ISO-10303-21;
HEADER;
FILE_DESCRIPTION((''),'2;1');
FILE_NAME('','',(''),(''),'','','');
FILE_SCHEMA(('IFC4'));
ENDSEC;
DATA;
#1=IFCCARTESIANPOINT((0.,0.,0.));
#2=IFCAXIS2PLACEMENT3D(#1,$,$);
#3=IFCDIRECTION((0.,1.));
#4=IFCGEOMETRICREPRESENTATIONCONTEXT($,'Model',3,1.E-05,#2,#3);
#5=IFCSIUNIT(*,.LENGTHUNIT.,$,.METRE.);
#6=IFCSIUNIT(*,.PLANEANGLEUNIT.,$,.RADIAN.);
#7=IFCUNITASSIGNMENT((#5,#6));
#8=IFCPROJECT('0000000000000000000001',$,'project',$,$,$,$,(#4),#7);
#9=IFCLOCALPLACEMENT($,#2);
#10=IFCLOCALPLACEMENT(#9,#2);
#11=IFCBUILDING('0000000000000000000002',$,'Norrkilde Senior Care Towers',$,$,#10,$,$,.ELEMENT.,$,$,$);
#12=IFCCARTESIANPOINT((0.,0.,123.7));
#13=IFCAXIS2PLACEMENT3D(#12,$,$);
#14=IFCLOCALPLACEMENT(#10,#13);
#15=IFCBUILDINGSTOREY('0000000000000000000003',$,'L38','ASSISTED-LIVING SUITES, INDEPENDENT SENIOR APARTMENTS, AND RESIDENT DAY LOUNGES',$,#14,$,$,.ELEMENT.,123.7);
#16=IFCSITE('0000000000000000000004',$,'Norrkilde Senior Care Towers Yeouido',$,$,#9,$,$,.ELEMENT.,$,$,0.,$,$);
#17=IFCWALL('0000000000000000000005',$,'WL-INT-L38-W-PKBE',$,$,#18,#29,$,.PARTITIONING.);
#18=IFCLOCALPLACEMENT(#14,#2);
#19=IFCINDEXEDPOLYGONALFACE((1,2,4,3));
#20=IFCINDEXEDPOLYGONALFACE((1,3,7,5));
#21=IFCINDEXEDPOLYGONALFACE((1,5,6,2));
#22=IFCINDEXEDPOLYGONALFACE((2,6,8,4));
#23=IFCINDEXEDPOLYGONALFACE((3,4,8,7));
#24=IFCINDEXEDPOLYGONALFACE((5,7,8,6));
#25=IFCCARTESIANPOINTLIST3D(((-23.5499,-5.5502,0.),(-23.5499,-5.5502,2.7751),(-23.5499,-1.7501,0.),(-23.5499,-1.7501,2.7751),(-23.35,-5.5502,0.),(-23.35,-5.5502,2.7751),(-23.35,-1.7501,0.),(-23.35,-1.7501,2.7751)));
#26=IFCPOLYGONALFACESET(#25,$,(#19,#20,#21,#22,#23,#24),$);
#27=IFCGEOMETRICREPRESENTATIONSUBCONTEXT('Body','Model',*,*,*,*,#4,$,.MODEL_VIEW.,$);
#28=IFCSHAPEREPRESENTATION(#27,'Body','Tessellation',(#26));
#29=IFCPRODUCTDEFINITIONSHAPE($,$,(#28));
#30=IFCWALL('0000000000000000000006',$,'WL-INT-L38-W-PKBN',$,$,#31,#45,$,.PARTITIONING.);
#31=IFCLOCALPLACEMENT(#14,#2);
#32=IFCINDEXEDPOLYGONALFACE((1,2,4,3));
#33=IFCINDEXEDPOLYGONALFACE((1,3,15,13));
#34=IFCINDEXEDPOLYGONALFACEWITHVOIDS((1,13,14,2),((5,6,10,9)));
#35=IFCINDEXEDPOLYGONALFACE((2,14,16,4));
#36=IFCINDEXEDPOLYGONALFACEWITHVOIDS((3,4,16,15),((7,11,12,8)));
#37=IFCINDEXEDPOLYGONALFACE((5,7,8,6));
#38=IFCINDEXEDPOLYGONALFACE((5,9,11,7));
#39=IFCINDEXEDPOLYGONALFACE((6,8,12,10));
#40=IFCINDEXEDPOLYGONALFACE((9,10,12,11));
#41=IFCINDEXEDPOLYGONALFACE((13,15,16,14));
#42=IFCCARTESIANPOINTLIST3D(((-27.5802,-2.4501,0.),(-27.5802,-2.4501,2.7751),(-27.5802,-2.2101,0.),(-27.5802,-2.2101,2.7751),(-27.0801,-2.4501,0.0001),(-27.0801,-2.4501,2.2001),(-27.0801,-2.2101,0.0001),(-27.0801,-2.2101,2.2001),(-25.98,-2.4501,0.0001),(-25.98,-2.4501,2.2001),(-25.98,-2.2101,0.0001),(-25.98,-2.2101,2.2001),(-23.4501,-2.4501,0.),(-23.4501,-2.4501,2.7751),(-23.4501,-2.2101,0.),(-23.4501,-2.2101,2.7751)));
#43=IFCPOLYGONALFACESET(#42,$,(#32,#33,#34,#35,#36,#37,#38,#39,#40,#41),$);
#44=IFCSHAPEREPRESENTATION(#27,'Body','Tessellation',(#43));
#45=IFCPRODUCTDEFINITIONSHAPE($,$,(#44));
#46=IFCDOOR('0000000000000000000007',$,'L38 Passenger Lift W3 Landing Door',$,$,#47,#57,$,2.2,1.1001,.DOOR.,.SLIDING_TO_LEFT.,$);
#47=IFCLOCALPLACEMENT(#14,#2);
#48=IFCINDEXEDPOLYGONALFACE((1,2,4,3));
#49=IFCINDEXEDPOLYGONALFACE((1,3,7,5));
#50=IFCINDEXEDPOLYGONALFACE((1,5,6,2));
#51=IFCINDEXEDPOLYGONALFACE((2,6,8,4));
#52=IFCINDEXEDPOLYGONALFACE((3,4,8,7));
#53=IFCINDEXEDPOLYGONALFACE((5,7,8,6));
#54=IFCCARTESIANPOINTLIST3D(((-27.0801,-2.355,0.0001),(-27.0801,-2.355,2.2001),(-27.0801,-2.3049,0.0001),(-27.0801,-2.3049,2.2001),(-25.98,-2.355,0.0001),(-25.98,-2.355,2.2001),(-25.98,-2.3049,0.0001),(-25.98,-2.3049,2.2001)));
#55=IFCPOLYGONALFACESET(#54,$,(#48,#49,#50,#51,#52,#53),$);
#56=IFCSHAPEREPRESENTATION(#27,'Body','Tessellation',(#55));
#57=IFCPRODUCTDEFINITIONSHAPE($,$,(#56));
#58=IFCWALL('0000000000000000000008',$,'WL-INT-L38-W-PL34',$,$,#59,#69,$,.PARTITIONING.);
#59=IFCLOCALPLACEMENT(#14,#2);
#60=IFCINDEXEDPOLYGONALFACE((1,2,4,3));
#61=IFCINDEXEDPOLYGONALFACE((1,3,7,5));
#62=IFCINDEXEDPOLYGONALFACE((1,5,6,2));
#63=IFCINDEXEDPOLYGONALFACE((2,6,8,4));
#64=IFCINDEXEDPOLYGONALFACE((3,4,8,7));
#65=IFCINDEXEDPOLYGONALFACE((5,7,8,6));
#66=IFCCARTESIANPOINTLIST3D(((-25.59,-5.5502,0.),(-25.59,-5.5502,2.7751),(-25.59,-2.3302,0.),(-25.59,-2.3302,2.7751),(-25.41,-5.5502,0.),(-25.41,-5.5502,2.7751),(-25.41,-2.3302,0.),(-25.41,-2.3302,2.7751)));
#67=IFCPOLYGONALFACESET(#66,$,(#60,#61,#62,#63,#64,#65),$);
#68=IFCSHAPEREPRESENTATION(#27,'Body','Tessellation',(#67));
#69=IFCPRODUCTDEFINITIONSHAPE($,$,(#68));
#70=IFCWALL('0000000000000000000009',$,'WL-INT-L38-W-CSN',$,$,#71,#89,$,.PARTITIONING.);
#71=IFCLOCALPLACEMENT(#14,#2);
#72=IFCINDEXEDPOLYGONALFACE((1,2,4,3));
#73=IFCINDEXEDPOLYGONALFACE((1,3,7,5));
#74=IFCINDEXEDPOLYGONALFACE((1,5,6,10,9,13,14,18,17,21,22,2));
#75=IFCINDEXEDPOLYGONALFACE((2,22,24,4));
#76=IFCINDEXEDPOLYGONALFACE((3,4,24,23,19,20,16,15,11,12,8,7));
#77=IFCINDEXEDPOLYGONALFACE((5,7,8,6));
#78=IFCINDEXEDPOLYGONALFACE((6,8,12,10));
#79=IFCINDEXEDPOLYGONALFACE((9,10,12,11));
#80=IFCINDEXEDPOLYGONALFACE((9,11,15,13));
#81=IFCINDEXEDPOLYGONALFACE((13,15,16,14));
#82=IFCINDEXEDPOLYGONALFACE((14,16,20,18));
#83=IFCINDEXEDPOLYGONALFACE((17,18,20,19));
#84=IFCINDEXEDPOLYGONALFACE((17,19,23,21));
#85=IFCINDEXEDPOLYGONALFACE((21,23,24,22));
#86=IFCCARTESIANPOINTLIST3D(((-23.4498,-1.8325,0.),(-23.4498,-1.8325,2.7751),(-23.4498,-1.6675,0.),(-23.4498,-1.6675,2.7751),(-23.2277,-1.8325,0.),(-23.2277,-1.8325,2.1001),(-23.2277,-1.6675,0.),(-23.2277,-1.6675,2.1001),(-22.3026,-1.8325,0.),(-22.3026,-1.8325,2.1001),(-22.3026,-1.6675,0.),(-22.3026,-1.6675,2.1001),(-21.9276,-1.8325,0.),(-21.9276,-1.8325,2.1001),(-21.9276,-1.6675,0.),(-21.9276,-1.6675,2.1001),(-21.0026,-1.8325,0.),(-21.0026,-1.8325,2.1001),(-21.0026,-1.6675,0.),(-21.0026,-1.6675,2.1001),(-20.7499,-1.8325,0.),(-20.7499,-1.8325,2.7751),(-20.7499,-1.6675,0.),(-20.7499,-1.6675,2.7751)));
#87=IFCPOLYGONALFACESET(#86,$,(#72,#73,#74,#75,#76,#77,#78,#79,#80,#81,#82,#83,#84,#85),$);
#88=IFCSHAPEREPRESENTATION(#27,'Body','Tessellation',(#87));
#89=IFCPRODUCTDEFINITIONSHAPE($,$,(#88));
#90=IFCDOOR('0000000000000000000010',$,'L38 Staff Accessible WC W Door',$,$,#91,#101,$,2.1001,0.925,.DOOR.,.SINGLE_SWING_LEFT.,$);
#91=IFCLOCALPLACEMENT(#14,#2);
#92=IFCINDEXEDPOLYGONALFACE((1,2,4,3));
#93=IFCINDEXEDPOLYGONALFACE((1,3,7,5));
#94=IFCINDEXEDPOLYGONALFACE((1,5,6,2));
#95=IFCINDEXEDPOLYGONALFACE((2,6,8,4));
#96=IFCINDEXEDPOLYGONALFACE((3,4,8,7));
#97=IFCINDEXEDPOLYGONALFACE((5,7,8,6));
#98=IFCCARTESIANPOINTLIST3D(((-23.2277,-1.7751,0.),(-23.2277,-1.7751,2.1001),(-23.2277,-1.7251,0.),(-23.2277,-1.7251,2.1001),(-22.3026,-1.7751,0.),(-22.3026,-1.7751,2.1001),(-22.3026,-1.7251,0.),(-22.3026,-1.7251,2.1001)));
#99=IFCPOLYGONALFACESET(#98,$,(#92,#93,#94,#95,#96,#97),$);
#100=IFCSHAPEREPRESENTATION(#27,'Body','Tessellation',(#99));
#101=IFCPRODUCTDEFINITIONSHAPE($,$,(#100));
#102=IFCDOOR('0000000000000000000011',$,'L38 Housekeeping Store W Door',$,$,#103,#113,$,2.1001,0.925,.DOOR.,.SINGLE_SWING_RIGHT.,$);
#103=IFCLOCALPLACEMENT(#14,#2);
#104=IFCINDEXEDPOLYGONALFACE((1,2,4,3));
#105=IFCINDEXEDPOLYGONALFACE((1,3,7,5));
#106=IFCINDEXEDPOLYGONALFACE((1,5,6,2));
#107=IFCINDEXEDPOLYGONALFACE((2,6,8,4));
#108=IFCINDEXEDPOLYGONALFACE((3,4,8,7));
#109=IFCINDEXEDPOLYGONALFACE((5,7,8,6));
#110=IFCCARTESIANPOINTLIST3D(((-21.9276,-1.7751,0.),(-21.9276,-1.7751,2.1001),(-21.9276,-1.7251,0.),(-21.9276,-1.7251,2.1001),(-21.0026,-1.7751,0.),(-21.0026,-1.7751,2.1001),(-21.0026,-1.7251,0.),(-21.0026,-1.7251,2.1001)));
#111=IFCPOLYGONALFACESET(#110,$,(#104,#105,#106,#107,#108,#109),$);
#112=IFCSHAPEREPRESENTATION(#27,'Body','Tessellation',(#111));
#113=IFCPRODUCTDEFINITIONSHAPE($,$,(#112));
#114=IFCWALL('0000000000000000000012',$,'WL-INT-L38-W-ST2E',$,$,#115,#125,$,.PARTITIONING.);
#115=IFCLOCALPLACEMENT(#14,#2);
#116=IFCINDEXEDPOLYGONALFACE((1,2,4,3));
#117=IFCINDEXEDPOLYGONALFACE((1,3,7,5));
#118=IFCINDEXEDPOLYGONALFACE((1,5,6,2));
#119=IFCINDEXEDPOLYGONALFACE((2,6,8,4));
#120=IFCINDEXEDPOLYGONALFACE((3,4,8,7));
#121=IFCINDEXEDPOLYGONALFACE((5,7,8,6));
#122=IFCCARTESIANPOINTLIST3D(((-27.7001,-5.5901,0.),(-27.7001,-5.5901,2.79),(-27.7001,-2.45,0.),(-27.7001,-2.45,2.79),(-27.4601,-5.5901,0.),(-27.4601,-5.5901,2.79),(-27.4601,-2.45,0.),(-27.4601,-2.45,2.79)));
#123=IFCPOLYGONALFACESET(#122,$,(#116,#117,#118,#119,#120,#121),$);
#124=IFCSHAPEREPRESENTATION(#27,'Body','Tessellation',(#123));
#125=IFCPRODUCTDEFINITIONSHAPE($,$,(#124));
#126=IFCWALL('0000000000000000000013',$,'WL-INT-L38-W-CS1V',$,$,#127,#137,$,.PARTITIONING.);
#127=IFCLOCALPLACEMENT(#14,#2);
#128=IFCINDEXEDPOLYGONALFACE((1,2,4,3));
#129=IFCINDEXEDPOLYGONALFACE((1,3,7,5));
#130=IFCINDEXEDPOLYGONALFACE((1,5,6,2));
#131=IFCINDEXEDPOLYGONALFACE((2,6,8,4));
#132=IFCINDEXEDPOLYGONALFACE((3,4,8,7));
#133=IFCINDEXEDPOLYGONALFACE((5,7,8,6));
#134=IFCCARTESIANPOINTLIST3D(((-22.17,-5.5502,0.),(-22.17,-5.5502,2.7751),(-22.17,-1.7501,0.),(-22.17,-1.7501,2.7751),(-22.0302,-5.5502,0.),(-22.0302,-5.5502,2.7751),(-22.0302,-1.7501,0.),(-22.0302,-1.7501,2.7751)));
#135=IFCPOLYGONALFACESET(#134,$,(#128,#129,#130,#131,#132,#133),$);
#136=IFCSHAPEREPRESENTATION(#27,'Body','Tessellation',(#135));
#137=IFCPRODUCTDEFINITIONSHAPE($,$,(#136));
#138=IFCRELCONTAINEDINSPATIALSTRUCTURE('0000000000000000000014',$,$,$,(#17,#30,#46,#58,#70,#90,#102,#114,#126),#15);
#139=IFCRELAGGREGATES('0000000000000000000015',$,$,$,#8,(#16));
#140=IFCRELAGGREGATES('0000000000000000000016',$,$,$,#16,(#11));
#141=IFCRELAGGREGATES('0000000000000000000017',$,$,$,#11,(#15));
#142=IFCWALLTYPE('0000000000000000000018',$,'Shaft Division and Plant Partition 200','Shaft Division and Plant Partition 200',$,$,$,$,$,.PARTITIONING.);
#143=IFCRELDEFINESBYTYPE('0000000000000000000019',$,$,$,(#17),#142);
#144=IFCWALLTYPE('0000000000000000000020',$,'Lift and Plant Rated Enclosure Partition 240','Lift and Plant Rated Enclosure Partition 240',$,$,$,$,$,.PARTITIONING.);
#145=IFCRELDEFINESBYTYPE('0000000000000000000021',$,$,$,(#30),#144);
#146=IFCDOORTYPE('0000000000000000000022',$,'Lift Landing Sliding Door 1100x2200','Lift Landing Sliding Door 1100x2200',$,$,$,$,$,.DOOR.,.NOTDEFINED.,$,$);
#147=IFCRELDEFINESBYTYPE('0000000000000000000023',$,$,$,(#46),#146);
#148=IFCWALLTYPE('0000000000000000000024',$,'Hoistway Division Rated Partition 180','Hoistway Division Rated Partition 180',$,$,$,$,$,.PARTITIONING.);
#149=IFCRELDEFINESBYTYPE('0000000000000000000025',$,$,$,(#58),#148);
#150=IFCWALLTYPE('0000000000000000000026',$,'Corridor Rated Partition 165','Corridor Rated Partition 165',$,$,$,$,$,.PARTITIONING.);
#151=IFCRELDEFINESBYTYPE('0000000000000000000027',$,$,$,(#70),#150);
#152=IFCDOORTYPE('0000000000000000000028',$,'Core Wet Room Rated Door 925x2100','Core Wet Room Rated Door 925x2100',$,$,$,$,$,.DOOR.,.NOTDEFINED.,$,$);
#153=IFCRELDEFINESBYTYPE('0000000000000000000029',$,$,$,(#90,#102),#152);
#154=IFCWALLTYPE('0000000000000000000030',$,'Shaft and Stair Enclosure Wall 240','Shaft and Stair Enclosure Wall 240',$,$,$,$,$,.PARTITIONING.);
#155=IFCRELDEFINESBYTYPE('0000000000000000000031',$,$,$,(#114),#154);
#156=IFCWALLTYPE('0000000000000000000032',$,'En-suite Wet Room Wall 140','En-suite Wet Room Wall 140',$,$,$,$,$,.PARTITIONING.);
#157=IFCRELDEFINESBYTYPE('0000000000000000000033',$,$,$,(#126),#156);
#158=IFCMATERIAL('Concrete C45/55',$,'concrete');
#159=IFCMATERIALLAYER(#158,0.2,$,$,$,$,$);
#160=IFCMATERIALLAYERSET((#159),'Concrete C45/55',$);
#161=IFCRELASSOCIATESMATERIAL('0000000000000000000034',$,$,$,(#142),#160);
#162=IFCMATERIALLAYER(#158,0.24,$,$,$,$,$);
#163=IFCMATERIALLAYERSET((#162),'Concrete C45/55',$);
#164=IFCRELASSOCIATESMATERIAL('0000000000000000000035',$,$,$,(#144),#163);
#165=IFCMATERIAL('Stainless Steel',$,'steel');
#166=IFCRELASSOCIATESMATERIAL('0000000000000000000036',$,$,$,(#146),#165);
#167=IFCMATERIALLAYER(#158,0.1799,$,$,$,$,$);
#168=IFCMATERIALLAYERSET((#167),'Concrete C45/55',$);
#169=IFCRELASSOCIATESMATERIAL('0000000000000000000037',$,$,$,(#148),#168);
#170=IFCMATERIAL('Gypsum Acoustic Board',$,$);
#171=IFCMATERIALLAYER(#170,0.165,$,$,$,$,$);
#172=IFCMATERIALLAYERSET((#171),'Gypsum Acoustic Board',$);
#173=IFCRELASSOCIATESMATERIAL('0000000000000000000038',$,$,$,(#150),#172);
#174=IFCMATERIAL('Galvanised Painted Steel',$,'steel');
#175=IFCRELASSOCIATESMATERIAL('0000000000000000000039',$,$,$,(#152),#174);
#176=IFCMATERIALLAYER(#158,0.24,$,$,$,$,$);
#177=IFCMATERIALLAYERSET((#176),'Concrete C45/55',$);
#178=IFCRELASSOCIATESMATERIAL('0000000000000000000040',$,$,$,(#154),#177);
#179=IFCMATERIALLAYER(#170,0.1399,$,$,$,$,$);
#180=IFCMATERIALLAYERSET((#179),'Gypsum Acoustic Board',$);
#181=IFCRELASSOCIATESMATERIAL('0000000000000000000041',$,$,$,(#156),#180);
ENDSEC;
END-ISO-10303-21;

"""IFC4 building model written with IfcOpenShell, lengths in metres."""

from ifc_helpers import new_model, si_unit, direction, frame, frame_2d, origin, place, context, subcontext, project, spatial, rectangle, extrude, source, transform, mapped, material, layer, layer_set, type_object, type_shapes, element, fill, save


model = new_model("IFC4")

# Units and contexts
model_context = context("Model", 3, precision=1e-05, world=origin(), true_north=direction((0.0, 1.0)))
body_context = subcontext(model_context, "Body", "Model", "MODEL_VIEW")
ifc_project = project(units=[si_unit("LENGTHUNIT", "METRE"), si_unit("PLANEANGLEUNIT", "RADIAN")], contexts=[model_context])

# Site, building, storey
site_placement = place(None, origin())
site = spatial("IfcSite", under=ifc_project, at=site_placement, Name="Norrkilde Senior Care Towers Yeouido", CompositionType="ELEMENT", RefElevation=0.0)
building_placement = place(site_placement, origin())
building = spatial("IfcBuilding", under=site, at=building_placement, Name="Norrkilde Senior Care Towers", CompositionType="ELEMENT")
storey_placement = place(building_placement, frame((0.0, 0.0, 123.7)))
storey = spatial("IfcBuildingStorey", under=building, at=storey_placement, Name="L38", Description="ASSISTED-LIVING SUITES, INDEPENDENT SENIOR APARTMENTS, AND RESIDENT DAY LOUNGES", CompositionType="ELEMENT", Elevation=123.7)

# Wall
ifc_material_1 = material(Name="Concrete C45/55", Category="concrete")
ifc_layer_1 = layer(ifc_material_1, 0.2)
ifc_layer_set_1 = layer_set([ifc_layer_1], Name="Concrete C45/55")
wall_type_1 = type_object("IfcWallType", Name="Shaft Division and Plant Partition 200", Description="Shaft Division and Plant Partition 200", PredefinedType="PARTITIONING", material=ifc_layer_set_1)
shared_shape_1 = source(origin(), body_context, "Body", "SweptSolid", [
    extrude(rectangle(XDim=3.8, YDim=0.2, at=frame_2d((1.8999, 0.0))), origin(), (0.0, 0.0, 1.0), 2.7751),
])
type_shapes(wall_type_1, [shared_shape_1])
wall_1_placement = place(storey_placement, frame((-23.45, -5.55, 0.0), z_axis=(0.0, 0.0, 1.0), x_axis=(0.0, 1.0, 0.0)))
element("IfcWall", 1, at=wall_1_placement, inside=storey, type_object=wall_type_1, Name="WL-INT-L38-W-PKBE", PredefinedType="PARTITIONING", context=body_context, shape_type="MappedRepresentation", body=[
    mapped(shared_shape_1, transform((0.0, 0.0, 0.0), x_axis=(1.0, 0.0, 0.0), y_axis=(0.0, 1.0, 0.0), z_axis=(0.0, 0.0, 1.0), scale=1.0)),
])

# Wall, opening, door
ifc_layer_2 = layer(ifc_material_1, 0.24)
ifc_layer_set_2 = layer_set([ifc_layer_2], Name="Concrete C45/55")
wall_type_2 = type_object("IfcWallType", Name="Lift and Plant Rated Enclosure Partition 240", Description="Lift and Plant Rated Enclosure Partition 240", PredefinedType="PARTITIONING", material=ifc_layer_set_2)
shared_shape_2 = source(origin(), body_context, "Body", "SweptSolid", [
    extrude(rectangle(XDim=4.1301, YDim=0.24, at=frame_2d((2.0649, 0.0))), origin(), (0.0, 0.0, 1.0), 2.7751),
])
type_shapes(wall_type_2, [shared_shape_2])
wall_2_placement = place(storey_placement, frame((-27.5801, -2.3301, 0.0), z_axis=(0.0, 0.0, 1.0), x_axis=(1.0, 0.0, 0.0)))
wall_2 = element("IfcWall", 2, at=wall_2_placement, inside=storey, type_object=wall_type_2, Name="WL-INT-L38-W-PKBN", PredefinedType="PARTITIONING", context=body_context, shape_type="MappedRepresentation", body=[
    mapped(shared_shape_2, transform((0.0, 0.0, 0.0), x_axis=(1.0, 0.0, 0.0), y_axis=(0.0, 1.0, 0.0), z_axis=(0.0, 0.0, 1.0), scale=1.0)),
])
opening_1_placement = place(wall_2_placement, frame((0.5, 0.0, 0.0)))
opening_1 = element("IfcOpeningElement", 3, at=opening_1_placement, cuts=wall_2, PredefinedType="OPENING", context=body_context, shape_type="SweptSolid", body=[
    extrude(rectangle(XDim=1.1001, YDim=2.2, at=frame_2d((0.55, 1.1001))), frame((0.0, 0.1299, 0.0), z_axis=(0.0, -1.0, 0.0), x_axis=(1.0, 0.0, 0.0)), (0.0, 0.0, 1.0), 0.26),
])
ifc_material_2 = material(Name="Stainless Steel", Category="steel")
door_type_1 = type_object("IfcDoorType", Name="Lift Landing Sliding Door 1100x2200", Description="Lift Landing Sliding Door 1100x2200", OperationType="NOTDEFINED", PredefinedType="DOOR", material=ifc_material_2)
shared_shape_3 = source(origin(), body_context, "Body", "SweptSolid", [
    extrude(rectangle(XDim=1.1001, YDim=2.2, at=frame_2d((0.55, 1.1001))), frame((0.0, 0.0249, 0.0), z_axis=(0.0, -1.0, 0.0), x_axis=(1.0, 0.0, 0.0)), (0.0, 0.0, 1.0), 0.05),
])
type_shapes(door_type_1, [shared_shape_3])
door_1_placement = place(opening_1_placement, frame((1.1001, 0.0, 0.0), z_axis=(0.0, 0.0, 1.0), x_axis=(-1.0, 0.0, 0.0)))
door_1 = element("IfcDoor", 4, at=door_1_placement, inside=storey, type_object=door_type_1, Name="L38 Passenger Lift W3 Landing Door", OperationType="SLIDING_TO_LEFT", OverallHeight=2.2, OverallWidth=1.1001, PredefinedType="DOOR", context=body_context, shape_type="MappedRepresentation", body=[
    mapped(shared_shape_3, transform((0.0, 0.0, 0.0), x_axis=(1.0, 0.0, 0.0), y_axis=(0.0, 1.0, 0.0), z_axis=(0.0, 0.0, 1.0), scale=1.0)),
])
fill(opening_1, door_1)

# Wall
ifc_layer_3 = layer(ifc_material_1, 0.1799)
ifc_layer_set_3 = layer_set([ifc_layer_3], Name="Concrete C45/55")
wall_type_3 = type_object("IfcWallType", Name="Hoistway Division Rated Partition 180", Description="Hoistway Division Rated Partition 180", PredefinedType="PARTITIONING", material=ifc_layer_set_3)
shared_shape_4 = source(origin(), body_context, "Body", "SweptSolid", [
    extrude(rectangle(XDim=3.22, YDim=0.1799, at=frame_2d((1.6099, 0.0))), origin(), (0.0, 0.0, 1.0), 2.7751),
])
type_shapes(wall_type_3, [shared_shape_4])
wall_3_placement = place(storey_placement, frame((-25.5, -5.55, 0.0), z_axis=(0.0, 0.0, 1.0), x_axis=(0.0, 1.0, 0.0)))
element("IfcWall", 5, at=wall_3_placement, inside=storey, type_object=wall_type_3, Name="WL-INT-L38-W-PL34", PredefinedType="PARTITIONING", context=body_context, shape_type="MappedRepresentation", body=[
    mapped(shared_shape_4, transform((0.0, 0.0, 0.0), x_axis=(1.0, 0.0, 0.0), y_axis=(0.0, 1.0, 0.0), z_axis=(0.0, 0.0, 1.0), scale=1.0)),
])

# Wall, openings, doors
ifc_material_3 = material(Name="Gypsum Acoustic Board")
ifc_layer_4 = layer(ifc_material_3, 0.165)
ifc_layer_set_4 = layer_set([ifc_layer_4], Name="Gypsum Acoustic Board")
wall_type_4 = type_object("IfcWallType", Name="Corridor Rated Partition 165", Description="Corridor Rated Partition 165", PredefinedType="PARTITIONING", material=ifc_layer_set_4)
shared_shape_5 = source(origin(), body_context, "Body", "SweptSolid", [
    extrude(rectangle(XDim=2.7, YDim=0.165, at=frame_2d((1.3501, 0.0))), origin(), (0.0, 0.0, 1.0), 2.7751),
])
wall_4_placement = place(storey_placement, frame((-23.45, -1.75, 0.0), z_axis=(0.0, 0.0, 1.0), x_axis=(1.0, 0.0, 0.0)))
wall_4 = element("IfcWall", 6, at=wall_4_placement, inside=storey, type_object=wall_type_4, Name="WL-INT-L38-W-CSN", PredefinedType="PARTITIONING", context=body_context, shape_type="MappedRepresentation", body=[
    mapped(shared_shape_5, transform((0.0, 0.0, 0.0), x_axis=(1.0, 0.0, 0.0), y_axis=(0.0, 1.0, 0.0), z_axis=(0.0, 0.0, 1.0), scale=1.0)),
])
opening_2_placement = place(wall_4_placement, frame((0.2224, 0.0, 0.0)))
opening_2 = element("IfcOpeningElement", 7, at=opening_2_placement, cuts=wall_4, PredefinedType="OPENING", context=body_context, shape_type="SweptSolid", body=[
    extrude(rectangle(XDim=0.925, YDim=2.1001, at=frame_2d((0.4624, 1.05))), frame((0.0, 0.0925, 0.0), z_axis=(0.0, -1.0, 0.0), x_axis=(1.0, 0.0, 0.0)), (0.0, 0.0, 1.0), 0.1851),
])
opening_3_placement = place(wall_4_placement, frame((1.5225, 0.0, 0.0)))
opening_3 = element("IfcOpeningElement", 8, at=opening_3_placement, cuts=wall_4, PredefinedType="OPENING", context=body_context, shape_type="SweptSolid", body=[
    extrude(rectangle(XDim=0.925, YDim=2.1001, at=frame_2d((0.4624, 1.05))), frame((0.0, 0.0925, 0.0), z_axis=(0.0, -1.0, 0.0), x_axis=(1.0, 0.0, 0.0)), (0.0, 0.0, 1.0), 0.1851),
])
ifc_material_4 = material(Name="Galvanised Painted Steel", Category="steel")
door_type_2 = type_object("IfcDoorType", Name="Core Wet Room Rated Door 925x2100", Description="Core Wet Room Rated Door 925x2100", OperationType="NOTDEFINED", PredefinedType="DOOR", material=ifc_material_4)
shared_shape_6 = source(origin(), body_context, "Body", "SweptSolid", [
    extrude(rectangle(XDim=0.925, YDim=2.1001, at=frame_2d((0.4624, 1.05))), frame((0.0, 0.0249, 0.0), z_axis=(0.0, -1.0, 0.0), x_axis=(1.0, 0.0, 0.0)), (0.0, 0.0, 1.0), 0.05),
])
type_shapes(door_type_2, [shared_shape_6])
door_2_placement = place(opening_2_placement, origin())
door_2 = element("IfcDoor", 9, at=door_2_placement, inside=storey, type_object=door_type_2, Name="L38 Staff Accessible WC W Door", OperationType="SINGLE_SWING_LEFT", OverallHeight=2.1001, OverallWidth=0.925, PredefinedType="DOOR", context=body_context, shape_type="MappedRepresentation", body=[
    mapped(shared_shape_6, transform((0.0, 0.0, 0.0), x_axis=(1.0, 0.0, 0.0), y_axis=(0.0, 1.0, 0.0), z_axis=(0.0, 0.0, 1.0), scale=1.0)),
])
fill(opening_2, door_2)
door_3_placement = place(opening_3_placement, origin())
door_3 = element("IfcDoor", 10, at=door_3_placement, inside=storey, type_object=door_type_2, Name="L38 Housekeeping Store W Door", OperationType="SINGLE_SWING_RIGHT", OverallHeight=2.1001, OverallWidth=0.925, PredefinedType="DOOR", context=body_context, shape_type="MappedRepresentation", body=[
    mapped(shared_shape_6, transform((0.0, 0.0, 0.0), x_axis=(1.0, 0.0, 0.0), y_axis=(0.0, 1.0, 0.0), z_axis=(0.0, 0.0, 1.0), scale=1.0)),
])
fill(opening_3, door_3)

# Walls
ifc_layer_5 = layer(ifc_material_1, 0.24)
ifc_layer_set_5 = layer_set([ifc_layer_5], Name="Concrete C45/55")
wall_type_5 = type_object("IfcWallType", Name="Shaft and Stair Enclosure Wall 240", Description="Shaft and Stair Enclosure Wall 240", PredefinedType="PARTITIONING", material=ifc_layer_set_5)
shared_shape_7 = source(origin(), body_context, "Body", "SweptSolid", [
    extrude(rectangle(XDim=3.1401, YDim=0.24, at=frame_2d((1.5701, 0.0))), origin(), (0.0, 0.0, 1.0), 2.79),
])
type_shapes(wall_type_5, [shared_shape_7])
wall_5_placement = place(storey_placement, frame((-27.5801, -5.5901, 0.0), z_axis=(0.0, 0.0, 1.0), x_axis=(0.0, 1.0, 0.0)))
element("IfcWall", 11, at=wall_5_placement, inside=storey, type_object=wall_type_5, Name="WL-INT-L38-W-ST2E", PredefinedType="PARTITIONING", context=body_context, shape_type="MappedRepresentation", body=[
    mapped(shared_shape_7, transform((0.0, 0.0, 0.0), x_axis=(1.0, 0.0, 0.0), y_axis=(0.0, 1.0, 0.0), z_axis=(0.0, 0.0, 1.0), scale=1.0)),
])
ifc_layer_6 = layer(ifc_material_3, 0.1399)
ifc_layer_set_6 = layer_set([ifc_layer_6], Name="Gypsum Acoustic Board")
wall_type_6 = type_object("IfcWallType", Name="En-suite Wet Room Wall 140", Description="En-suite Wet Room Wall 140", PredefinedType="PARTITIONING", material=ifc_layer_set_6)
shared_shape_8 = source(origin(), body_context, "Body", "SweptSolid", [
    extrude(rectangle(XDim=3.8, YDim=0.1399, at=frame_2d((1.8999, 0.0))), origin(), (0.0, 0.0, 1.0), 2.7751),
])
type_shapes(wall_type_6, [shared_shape_8])
wall_6_placement = place(storey_placement, frame((-22.1001, -5.55, 0.0), z_axis=(0.0, 0.0, 1.0), x_axis=(0.0, 1.0, 0.0)))
element("IfcWall", 12, at=wall_6_placement, inside=storey, type_object=wall_type_6, Name="WL-INT-L38-W-CS1V", PredefinedType="PARTITIONING", context=body_context, shape_type="MappedRepresentation", body=[
    mapped(shared_shape_8, transform((0.0, 0.0, 0.0), x_axis=(1.0, 0.0, 0.0), y_axis=(0.0, 1.0, 0.0), z_axis=(0.0, 0.0, 1.0), scale=1.0)),
])

save(model, "model.ifc")
